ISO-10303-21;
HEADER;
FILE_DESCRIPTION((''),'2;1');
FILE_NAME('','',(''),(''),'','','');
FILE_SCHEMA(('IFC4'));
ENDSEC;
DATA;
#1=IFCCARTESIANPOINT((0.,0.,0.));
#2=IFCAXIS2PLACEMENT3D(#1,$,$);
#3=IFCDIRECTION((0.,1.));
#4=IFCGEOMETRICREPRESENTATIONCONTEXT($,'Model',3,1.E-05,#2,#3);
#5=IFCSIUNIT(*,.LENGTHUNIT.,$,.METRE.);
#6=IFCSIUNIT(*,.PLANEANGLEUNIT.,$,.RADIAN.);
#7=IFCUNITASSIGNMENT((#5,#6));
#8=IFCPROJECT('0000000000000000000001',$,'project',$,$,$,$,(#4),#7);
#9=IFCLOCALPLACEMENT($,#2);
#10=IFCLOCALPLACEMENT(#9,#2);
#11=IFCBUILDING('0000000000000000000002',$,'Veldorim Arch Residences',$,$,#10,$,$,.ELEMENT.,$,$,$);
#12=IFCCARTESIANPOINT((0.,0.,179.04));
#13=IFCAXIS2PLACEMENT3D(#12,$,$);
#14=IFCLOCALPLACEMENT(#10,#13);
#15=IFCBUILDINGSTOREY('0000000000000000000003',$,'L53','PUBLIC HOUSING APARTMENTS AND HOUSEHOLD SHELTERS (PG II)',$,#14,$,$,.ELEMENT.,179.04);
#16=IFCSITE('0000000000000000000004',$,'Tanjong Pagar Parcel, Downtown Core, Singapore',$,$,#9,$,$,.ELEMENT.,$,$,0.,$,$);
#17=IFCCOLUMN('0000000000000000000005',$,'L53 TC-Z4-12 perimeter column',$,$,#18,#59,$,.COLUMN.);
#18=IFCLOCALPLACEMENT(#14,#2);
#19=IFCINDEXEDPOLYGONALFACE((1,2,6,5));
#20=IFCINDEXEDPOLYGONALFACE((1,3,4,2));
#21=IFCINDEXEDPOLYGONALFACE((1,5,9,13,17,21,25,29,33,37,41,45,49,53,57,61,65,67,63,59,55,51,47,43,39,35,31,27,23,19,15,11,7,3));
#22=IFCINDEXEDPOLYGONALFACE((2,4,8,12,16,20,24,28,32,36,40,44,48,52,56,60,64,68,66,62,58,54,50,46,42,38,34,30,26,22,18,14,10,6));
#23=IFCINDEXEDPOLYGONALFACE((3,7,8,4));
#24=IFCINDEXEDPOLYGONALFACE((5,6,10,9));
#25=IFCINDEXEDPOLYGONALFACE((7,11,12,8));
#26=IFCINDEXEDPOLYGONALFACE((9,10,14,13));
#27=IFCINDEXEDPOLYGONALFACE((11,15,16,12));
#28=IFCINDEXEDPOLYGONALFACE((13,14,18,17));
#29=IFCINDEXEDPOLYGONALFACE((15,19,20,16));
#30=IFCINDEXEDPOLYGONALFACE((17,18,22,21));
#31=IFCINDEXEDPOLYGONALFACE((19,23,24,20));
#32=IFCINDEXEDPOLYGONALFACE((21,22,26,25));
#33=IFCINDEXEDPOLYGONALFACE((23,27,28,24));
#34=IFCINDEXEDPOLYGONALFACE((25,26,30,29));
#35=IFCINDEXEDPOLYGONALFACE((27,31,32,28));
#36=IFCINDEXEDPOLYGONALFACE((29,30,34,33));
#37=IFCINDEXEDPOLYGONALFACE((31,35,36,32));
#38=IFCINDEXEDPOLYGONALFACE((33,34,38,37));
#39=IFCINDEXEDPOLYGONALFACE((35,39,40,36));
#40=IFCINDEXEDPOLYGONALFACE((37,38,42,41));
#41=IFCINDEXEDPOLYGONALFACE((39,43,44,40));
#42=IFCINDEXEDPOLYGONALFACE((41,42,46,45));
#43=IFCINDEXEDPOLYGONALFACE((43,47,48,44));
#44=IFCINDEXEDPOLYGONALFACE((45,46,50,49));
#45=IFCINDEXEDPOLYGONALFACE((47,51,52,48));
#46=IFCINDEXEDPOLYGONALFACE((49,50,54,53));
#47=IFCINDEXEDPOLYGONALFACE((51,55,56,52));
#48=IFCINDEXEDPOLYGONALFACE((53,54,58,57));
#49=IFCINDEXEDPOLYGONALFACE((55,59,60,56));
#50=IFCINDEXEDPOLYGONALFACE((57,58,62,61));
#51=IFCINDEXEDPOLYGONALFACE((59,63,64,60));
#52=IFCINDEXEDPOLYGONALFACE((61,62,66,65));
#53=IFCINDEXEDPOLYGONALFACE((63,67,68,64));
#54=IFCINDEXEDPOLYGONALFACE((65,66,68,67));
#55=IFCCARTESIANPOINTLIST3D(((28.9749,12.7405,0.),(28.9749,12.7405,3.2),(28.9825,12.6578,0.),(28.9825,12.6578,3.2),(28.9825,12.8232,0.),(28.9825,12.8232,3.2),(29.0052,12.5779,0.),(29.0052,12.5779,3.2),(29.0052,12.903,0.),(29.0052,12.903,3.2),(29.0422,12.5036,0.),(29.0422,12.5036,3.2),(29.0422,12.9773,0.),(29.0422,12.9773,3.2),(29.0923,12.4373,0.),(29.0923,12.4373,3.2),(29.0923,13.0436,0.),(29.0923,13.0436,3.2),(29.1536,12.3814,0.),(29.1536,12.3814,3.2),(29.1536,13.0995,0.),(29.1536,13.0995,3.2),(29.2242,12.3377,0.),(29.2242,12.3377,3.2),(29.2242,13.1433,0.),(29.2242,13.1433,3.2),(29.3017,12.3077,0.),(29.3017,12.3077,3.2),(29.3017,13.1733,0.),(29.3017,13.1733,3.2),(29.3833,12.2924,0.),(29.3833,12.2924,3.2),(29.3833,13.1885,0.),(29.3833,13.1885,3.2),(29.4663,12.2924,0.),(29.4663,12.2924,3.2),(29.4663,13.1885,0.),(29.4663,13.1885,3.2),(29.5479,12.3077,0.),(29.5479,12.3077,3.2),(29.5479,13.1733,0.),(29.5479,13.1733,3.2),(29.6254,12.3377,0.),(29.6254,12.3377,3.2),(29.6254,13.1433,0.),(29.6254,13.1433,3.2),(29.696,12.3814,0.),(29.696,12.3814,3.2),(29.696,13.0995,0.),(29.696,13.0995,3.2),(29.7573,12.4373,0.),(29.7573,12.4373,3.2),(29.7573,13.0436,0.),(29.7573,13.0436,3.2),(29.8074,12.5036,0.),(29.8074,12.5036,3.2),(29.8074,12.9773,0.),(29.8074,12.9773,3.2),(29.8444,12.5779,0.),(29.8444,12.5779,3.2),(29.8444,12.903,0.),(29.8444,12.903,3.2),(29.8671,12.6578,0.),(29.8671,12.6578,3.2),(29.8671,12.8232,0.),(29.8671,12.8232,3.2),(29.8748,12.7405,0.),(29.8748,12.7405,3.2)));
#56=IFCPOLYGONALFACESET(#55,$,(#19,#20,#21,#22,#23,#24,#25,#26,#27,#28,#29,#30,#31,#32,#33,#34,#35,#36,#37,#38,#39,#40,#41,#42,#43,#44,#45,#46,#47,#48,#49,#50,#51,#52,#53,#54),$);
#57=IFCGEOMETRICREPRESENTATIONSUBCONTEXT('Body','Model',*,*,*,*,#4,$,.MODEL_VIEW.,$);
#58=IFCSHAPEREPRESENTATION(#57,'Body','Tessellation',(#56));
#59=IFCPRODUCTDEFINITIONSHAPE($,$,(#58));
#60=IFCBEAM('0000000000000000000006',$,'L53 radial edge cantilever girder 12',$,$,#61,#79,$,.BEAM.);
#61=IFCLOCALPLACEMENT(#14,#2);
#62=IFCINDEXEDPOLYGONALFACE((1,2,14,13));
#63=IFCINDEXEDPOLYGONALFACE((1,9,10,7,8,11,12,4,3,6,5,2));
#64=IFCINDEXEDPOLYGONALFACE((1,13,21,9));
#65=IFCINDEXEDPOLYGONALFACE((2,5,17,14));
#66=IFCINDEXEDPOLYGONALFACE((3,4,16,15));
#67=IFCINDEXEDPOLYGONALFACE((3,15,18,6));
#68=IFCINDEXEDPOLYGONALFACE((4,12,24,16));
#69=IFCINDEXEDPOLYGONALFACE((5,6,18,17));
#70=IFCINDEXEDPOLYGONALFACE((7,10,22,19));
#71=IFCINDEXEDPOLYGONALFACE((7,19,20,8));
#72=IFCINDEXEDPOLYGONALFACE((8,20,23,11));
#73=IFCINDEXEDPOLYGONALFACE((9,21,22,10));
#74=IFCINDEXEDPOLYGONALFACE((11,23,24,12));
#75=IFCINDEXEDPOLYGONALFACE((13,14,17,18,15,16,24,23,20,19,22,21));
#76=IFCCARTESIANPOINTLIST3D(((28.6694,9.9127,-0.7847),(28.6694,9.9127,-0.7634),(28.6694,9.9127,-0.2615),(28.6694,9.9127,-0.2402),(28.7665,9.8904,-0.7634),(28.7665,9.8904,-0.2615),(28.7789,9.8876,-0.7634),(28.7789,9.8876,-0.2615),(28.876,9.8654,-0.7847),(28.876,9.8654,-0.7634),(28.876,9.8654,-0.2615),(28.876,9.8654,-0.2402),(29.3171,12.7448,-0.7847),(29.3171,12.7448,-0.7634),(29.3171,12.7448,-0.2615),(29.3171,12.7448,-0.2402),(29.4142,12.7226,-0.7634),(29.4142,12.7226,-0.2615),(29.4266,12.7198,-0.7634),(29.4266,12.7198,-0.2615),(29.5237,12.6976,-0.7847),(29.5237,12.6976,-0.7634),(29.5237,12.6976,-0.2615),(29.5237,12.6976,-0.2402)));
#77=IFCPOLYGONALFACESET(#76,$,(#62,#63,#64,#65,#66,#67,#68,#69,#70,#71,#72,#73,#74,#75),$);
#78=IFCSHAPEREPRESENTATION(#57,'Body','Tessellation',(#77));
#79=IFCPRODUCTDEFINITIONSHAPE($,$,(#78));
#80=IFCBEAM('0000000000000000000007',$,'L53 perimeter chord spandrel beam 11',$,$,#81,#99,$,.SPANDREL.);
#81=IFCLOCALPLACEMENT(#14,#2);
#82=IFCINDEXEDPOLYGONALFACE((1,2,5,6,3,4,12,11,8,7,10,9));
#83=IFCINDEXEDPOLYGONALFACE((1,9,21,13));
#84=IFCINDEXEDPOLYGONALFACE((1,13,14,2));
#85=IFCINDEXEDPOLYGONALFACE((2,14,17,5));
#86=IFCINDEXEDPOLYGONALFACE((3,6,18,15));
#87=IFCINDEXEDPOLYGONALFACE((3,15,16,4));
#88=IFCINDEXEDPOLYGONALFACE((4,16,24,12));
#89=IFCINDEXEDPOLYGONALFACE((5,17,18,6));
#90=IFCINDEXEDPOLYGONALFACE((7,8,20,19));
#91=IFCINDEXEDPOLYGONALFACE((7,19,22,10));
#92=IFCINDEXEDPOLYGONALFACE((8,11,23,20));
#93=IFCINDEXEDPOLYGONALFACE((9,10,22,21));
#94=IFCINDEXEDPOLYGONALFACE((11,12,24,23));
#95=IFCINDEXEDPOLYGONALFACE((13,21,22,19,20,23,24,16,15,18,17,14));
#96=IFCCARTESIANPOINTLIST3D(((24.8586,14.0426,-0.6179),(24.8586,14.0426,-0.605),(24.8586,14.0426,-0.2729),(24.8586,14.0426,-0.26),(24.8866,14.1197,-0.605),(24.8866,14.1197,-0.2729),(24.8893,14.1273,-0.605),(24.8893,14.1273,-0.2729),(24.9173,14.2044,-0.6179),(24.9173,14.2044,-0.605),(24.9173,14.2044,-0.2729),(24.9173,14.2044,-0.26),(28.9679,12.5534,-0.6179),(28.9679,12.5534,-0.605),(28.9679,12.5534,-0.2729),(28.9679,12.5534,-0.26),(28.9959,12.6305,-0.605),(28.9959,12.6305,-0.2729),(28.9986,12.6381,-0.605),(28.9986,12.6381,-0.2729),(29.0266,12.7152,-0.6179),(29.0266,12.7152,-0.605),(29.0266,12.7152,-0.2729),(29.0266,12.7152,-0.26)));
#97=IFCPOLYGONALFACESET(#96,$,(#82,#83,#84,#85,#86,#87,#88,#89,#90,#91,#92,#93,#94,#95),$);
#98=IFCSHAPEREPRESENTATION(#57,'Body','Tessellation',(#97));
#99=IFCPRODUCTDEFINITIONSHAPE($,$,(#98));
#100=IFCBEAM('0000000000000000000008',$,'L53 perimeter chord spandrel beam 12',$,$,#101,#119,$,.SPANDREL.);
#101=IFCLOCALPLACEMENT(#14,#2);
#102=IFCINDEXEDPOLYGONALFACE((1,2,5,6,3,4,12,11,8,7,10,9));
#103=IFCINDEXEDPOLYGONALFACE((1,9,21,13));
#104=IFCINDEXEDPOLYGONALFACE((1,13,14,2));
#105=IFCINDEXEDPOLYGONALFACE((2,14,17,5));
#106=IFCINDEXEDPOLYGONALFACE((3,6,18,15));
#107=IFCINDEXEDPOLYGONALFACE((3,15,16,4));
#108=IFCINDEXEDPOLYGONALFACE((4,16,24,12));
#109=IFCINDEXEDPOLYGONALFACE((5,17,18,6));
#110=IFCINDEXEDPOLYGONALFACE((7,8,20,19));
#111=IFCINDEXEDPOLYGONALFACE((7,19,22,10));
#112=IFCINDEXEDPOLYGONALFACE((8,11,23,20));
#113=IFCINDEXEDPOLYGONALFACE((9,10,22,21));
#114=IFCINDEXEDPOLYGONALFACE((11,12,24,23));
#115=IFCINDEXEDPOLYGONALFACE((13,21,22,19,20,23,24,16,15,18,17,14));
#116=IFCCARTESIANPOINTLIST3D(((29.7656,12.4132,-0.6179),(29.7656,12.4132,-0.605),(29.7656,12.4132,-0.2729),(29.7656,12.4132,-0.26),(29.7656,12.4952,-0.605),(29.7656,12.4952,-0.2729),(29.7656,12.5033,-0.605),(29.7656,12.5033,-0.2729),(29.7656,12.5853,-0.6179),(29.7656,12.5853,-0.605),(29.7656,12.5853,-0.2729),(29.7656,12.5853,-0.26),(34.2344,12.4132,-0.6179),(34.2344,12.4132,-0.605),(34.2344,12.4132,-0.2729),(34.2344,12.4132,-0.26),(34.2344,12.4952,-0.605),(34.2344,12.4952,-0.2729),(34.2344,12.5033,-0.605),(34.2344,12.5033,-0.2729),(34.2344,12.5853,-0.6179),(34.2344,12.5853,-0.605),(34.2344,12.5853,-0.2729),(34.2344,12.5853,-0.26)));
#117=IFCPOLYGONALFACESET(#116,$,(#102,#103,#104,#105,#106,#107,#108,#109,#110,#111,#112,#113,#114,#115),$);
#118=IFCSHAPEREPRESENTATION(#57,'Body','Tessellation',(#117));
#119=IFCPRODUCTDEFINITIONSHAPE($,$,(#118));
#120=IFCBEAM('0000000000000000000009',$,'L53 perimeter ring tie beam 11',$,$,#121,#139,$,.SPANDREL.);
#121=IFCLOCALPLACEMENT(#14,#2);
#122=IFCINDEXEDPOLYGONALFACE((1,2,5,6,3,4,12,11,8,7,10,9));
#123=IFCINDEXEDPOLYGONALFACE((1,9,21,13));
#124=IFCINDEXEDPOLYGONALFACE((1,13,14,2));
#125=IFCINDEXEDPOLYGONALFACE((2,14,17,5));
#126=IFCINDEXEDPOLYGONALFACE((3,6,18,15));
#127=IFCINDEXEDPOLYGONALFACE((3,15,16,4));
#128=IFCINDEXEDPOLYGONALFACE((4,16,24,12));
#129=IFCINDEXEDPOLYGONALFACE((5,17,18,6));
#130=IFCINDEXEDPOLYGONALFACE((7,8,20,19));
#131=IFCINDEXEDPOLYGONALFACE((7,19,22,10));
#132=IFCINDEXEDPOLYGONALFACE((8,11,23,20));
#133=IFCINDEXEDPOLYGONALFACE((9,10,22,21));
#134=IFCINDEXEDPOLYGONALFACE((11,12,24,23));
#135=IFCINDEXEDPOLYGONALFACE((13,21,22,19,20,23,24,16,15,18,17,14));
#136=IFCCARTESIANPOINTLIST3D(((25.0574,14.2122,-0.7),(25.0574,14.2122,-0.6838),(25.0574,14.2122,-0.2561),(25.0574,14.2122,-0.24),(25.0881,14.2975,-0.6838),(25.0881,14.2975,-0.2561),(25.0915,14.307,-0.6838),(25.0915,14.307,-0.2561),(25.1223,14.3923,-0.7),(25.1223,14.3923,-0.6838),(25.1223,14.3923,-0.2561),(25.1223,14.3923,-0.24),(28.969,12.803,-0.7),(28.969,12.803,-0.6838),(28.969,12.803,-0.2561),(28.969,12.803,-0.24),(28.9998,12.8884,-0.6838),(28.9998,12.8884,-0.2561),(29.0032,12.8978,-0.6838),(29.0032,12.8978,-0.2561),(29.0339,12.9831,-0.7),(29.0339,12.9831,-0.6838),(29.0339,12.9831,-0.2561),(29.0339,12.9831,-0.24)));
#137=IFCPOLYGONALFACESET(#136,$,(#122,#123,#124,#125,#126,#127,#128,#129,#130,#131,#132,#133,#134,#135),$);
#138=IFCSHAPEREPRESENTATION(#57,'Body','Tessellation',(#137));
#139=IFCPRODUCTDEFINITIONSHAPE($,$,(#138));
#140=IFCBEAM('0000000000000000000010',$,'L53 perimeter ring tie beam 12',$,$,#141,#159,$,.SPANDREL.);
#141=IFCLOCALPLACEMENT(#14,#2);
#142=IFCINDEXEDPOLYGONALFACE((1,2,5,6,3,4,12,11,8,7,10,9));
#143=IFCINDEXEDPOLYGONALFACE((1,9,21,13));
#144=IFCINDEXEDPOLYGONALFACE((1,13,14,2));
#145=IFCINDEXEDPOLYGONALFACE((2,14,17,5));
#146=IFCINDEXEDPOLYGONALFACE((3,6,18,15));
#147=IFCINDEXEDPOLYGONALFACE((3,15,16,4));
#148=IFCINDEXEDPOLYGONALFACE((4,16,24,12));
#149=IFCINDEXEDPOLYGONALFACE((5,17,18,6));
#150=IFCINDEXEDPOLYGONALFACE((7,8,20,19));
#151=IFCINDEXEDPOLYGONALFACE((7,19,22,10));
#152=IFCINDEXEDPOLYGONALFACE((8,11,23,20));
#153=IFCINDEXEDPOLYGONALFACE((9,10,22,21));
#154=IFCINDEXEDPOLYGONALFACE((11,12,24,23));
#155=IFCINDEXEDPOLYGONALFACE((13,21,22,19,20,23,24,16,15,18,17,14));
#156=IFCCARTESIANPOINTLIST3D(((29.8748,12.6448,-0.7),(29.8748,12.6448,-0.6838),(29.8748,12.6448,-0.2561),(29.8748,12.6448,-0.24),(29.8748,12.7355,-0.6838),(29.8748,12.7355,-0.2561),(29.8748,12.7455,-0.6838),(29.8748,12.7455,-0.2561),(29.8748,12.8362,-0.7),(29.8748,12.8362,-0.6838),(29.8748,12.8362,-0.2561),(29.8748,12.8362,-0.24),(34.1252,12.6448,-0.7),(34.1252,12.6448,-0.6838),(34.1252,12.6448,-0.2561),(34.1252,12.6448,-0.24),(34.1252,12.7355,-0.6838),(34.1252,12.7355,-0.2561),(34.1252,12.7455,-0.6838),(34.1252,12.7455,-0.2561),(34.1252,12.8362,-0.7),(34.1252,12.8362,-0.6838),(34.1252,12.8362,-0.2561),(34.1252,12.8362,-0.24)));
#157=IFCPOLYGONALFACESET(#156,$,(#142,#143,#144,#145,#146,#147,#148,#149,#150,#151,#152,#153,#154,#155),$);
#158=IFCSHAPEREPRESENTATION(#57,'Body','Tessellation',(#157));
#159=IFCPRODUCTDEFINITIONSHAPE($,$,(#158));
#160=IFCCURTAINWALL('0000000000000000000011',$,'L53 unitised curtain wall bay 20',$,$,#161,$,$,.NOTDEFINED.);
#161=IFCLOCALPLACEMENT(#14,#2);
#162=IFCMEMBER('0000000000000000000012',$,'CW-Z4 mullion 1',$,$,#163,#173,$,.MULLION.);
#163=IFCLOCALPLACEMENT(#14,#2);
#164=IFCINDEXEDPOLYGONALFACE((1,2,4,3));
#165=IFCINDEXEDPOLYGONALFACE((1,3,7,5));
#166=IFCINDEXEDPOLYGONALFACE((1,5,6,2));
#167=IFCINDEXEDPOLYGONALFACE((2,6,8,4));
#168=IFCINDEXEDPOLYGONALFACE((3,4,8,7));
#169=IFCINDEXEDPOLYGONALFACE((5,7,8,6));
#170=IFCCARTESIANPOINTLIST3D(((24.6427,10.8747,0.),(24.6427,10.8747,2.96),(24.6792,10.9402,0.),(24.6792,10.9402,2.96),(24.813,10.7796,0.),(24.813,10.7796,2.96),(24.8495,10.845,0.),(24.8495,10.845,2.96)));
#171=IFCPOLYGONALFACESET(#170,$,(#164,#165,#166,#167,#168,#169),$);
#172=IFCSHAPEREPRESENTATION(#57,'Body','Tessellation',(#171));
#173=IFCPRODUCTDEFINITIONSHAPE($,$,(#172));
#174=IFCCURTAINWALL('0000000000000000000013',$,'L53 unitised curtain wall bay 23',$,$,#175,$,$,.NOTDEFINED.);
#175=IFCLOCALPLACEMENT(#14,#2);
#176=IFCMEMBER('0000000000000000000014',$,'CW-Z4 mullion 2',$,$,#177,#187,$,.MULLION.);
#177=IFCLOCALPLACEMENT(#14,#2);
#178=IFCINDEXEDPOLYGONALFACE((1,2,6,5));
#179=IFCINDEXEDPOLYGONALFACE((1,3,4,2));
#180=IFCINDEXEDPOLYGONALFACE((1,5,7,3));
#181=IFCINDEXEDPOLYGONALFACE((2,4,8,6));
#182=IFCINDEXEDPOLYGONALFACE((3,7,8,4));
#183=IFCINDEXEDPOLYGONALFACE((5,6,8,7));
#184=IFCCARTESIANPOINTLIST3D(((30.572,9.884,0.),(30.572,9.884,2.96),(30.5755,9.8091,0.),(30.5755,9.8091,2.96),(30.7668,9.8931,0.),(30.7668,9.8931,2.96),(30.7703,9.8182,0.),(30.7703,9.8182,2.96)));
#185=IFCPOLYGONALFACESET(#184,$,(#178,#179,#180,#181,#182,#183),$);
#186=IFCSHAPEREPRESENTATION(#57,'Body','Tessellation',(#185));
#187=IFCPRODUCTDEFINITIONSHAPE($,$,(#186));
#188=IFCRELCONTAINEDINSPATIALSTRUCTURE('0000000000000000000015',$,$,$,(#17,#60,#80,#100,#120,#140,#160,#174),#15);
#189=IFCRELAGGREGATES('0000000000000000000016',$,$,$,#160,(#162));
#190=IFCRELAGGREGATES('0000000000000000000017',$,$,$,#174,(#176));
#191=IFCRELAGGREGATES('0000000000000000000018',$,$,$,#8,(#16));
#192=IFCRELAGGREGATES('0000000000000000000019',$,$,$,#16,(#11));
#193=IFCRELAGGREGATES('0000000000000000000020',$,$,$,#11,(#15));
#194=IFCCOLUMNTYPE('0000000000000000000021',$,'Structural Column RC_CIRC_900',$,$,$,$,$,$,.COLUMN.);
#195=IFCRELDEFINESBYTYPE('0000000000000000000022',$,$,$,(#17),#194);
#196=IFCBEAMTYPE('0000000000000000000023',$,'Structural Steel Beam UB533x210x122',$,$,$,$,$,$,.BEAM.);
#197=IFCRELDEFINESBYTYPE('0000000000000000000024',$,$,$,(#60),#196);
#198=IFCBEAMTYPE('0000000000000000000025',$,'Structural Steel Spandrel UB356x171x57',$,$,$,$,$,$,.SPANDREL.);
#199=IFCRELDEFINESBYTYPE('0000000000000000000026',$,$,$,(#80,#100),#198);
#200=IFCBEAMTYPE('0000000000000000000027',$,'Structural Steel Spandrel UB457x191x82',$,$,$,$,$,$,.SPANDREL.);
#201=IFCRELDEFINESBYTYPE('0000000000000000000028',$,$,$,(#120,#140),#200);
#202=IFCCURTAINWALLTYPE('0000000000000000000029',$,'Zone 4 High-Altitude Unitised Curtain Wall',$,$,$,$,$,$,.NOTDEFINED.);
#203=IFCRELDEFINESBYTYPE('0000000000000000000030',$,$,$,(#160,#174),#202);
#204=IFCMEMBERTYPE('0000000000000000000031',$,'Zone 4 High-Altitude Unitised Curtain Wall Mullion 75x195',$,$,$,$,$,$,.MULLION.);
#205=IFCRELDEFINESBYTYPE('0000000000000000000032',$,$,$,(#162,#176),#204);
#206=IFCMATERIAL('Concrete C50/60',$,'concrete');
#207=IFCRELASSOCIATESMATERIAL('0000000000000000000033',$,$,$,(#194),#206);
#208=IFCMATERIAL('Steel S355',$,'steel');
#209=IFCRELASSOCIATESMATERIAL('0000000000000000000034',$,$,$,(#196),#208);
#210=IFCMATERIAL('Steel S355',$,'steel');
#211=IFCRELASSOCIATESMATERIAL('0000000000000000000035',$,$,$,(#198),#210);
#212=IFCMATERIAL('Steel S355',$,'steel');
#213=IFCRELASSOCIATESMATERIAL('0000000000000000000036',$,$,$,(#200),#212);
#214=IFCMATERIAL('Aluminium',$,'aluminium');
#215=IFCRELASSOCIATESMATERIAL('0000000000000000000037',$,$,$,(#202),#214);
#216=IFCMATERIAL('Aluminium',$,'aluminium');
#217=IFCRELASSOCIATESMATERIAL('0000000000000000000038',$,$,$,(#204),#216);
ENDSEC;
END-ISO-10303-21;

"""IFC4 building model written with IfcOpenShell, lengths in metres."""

from ifc_helpers import new_model, si_unit, direction, frame, origin, origin_2d, place, context, subcontext, project, spatial, rectangle, circle, i_section, extrude, material, material_profile, profile_set, type_object, element, aggregate, save


model = new_model("IFC4")

# Units and contexts
model_context = context("Model", 3, precision=1e-05, world=origin(), true_north=direction((0.0, 1.0)))
body_context = subcontext(model_context, "Body", "Model", "MODEL_VIEW")
ifc_project = project(units=[si_unit("LENGTHUNIT", "METRE"), si_unit("PLANEANGLEUNIT", "RADIAN")], contexts=[model_context])

# Site, building, storey
site_placement = place(None, origin())
site = spatial("IfcSite", under=ifc_project, at=site_placement, Name="Tanjong Pagar Parcel, Downtown Core, Singapore", CompositionType="ELEMENT", RefElevation=0.0)
building_placement = place(site_placement, origin())
building = spatial("IfcBuilding", under=site, at=building_placement, Name="Veldorim Arch Residences", CompositionType="ELEMENT")
storey_placement = place(building_placement, frame((0.0, 0.0, 179.04)))
storey = spatial("IfcBuildingStorey", under=building, at=storey_placement, Name="L53", Description="PUBLIC HOUSING APARTMENTS AND HOUSEHOLD SHELTERS (PG II)", CompositionType="ELEMENT", Elevation=179.04)

# Column
ifc_material_1 = material(Name="Concrete C50/60", Category="concrete")
ifc_material_profile_1 = material_profile(ifc_material_1, circle(Radius=0.45, at=origin_2d()), Name="RC_CIRC_900")
ifc_profile_set_1 = profile_set([ifc_material_profile_1], Name="Concrete C50/60")
column_type = type_object("IfcColumnType", Name="Structural Column RC_CIRC_900", PredefinedType="COLUMN", material=ifc_profile_set_1)
column_placement = place(storey_placement, frame((29.4248, 12.7405, 0.0), z_axis=(0.0, 0.0, 1.0), x_axis=(1.0, 0.0, 0.0)))
element("IfcColumn", 1, at=column_placement, inside=storey, type_object=column_type, Name="L53 TC-Z4-12 perimeter column", PredefinedType="COLUMN", context=body_context, shape_type="SweptSolid", body=[
    extrude(circle(Radius=0.45, at=origin_2d()), origin(), (0.0, 0.0, 1.0), 3.2),
])

# Beams
ifc_material_2 = material(Name="Steel S355", Category="steel")
ifc_material_profile_2 = material_profile(ifc_material_2, i_section(OverallWidth=0.2119, OverallDepth=0.5444, WebThickness=0.0127, FlangeThickness=0.0212, at=origin_2d()), Name="UB533x210x122")
ifc_profile_set_2 = profile_set([ifc_material_profile_2], Name="Steel S355")
beam_type_1 = type_object("IfcBeamType", Name="Structural Steel Beam UB533x210x122", PredefinedType="BEAM", material=ifc_profile_set_2)
beam_1_placement = place(storey_placement, frame((29.4204, 12.7212, -0.5125), z_axis=(-0.222932, -0.974834, 0.0), x_axis=(0.974834, -0.222932, 0.0)))
element("IfcBeam", 2, at=beam_1_placement, inside=storey, type_object=beam_type_1, Name="L53 radial edge cantilever girder 12", PredefinedType="BEAM", context=body_context, shape_type="SweptSolid", body=[
    extrude(i_section(OverallWidth=0.2119, OverallDepth=0.5444, WebThickness=0.0127, FlangeThickness=0.0212, at=origin_2d()), origin(), (0.0, 0.0, 1.0), 2.9053),
])
ifc_material_3 = material(Name="Steel S355", Category="steel")
ifc_material_profile_3 = material_profile(ifc_material_3, i_section(OverallWidth=0.1721, OverallDepth=0.3579, WebThickness=0.0081, FlangeThickness=0.0129, at=origin_2d()), Name="UB356x171x57")
ifc_profile_set_3 = profile_set([ifc_material_profile_3], Name="Steel S355")
beam_type_2 = type_object("IfcBeamType", Name="Structural Steel Spandrel UB356x171x57", PredefinedType="SPANDREL", material=ifc_profile_set_3)
beam_2_placement = place(storey_placement, frame((24.8879, 14.1235, -0.439), z_axis=(0.940165, -0.34072, 0.0), x_axis=(0.34072, 0.940165, 0.0)))
element("IfcBeam", 3, at=beam_2_placement, inside=storey, type_object=beam_type_2, Name="L53 perimeter chord spandrel beam 11", PredefinedType="SPANDREL", context=body_context, shape_type="SweptSolid", body=[
    extrude(i_section(OverallWidth=0.1721, OverallDepth=0.3579, WebThickness=0.0081, FlangeThickness=0.0129, at=origin_2d()), origin(), (0.0, 0.0, 1.0), 4.3708),
])
beam_3_placement = place(storey_placement, frame((29.7656, 12.4993, -0.439), z_axis=(1.0, 0.0, 0.0), x_axis=(0.0, 1.0, 0.0)))
element("IfcBeam", 4, at=beam_3_placement, inside=storey, type_object=beam_type_2, Name="L53 perimeter chord spandrel beam 12", PredefinedType="SPANDREL", context=body_context, shape_type="SweptSolid", body=[
    extrude(i_section(OverallWidth=0.1721, OverallDepth=0.3579, WebThickness=0.0081, FlangeThickness=0.0129, at=origin_2d()), origin(), (0.0, 0.0, 1.0), 4.4688),
])
ifc_material_4 = material(Name="Steel S355", Category="steel")
ifc_material_profile_4 = material_profile(ifc_material_4, i_section(OverallWidth=0.1914, OverallDepth=0.46, WebThickness=0.01, FlangeThickness=0.0161, at=origin_2d()), Name="UB457x191x82")
ifc_profile_set_4 = profile_set([ifc_material_profile_4], Name="Steel S355")
beam_type_3 = type_object("IfcBeamType", Name="Structural Steel Spandrel UB457x191x82", PredefinedType="SPANDREL", material=ifc_profile_set_4)
beam_4_placement = place(storey_placement, frame((25.0898, 14.3022, -0.47), z_axis=(0.940811, -0.338932, 0.0), x_axis=(0.338932, 0.940811, 0.0)))
element("IfcBeam", 5, at=beam_4_placement, inside=storey, type_object=beam_type_3, Name="L53 perimeter ring tie beam 11", PredefinedType="SPANDREL", context=body_context, shape_type="SweptSolid", body=[
    extrude(i_section(OverallWidth=0.1914, OverallDepth=0.46, WebThickness=0.01, FlangeThickness=0.0161, at=origin_2d()), origin(), (0.0, 0.0, 1.0), 4.1577),
])
beam_5_placement = place(storey_placement, frame((29.8748, 12.7405, -0.47), z_axis=(1.0, 0.0, 0.0), x_axis=(0.0, 1.0, 0.0)))
element("IfcBeam", 6, at=beam_5_placement, inside=storey, type_object=beam_type_3, Name="L53 perimeter ring tie beam 12", PredefinedType="SPANDREL", context=body_context, shape_type="SweptSolid", body=[
    extrude(i_section(OverallWidth=0.1914, OverallDepth=0.46, WebThickness=0.01, FlangeThickness=0.0161, at=origin_2d()), origin(), (0.0, 0.0, 1.0), 4.2505),
])

# Curtain wall, member
ifc_material_5 = material(Name="Aluminium", Category="aluminium")
curtain_wall_type = type_object("IfcCurtainWallType", Name="Zone 4 High-Altitude Unitised Curtain Wall", PredefinedType="NOTDEFINED", material=ifc_material_5)
curtain_wall_1_placement = place(storey_placement, origin())
curtain_wall_1 = element("IfcCurtainWall", 7, at=curtain_wall_1_placement, inside=storey, type_object=curtain_wall_type, Name="L53 unitised curtain wall bay 20", PredefinedType="NOTDEFINED")
ifc_material_6 = material(Name="Aluminium", Category="aluminium")
ifc_material_profile_5 = material_profile(ifc_material_6, rectangle(XDim=0.075, YDim=0.1951, at=origin_2d()), Name="ALU_MUL_75x195")
ifc_profile_set_5 = profile_set([ifc_material_profile_5], Name="Aluminium")
member_type_1 = type_object("IfcMemberType", Name="Zone 4 High-Altitude Unitised Curtain Wall Mullion 75x195", PredefinedType="MULLION", material=ifc_profile_set_5)
member_1_placement = place(storey_placement, frame((24.7461, 10.8599, 0.0), z_axis=(0.0, 0.0, 1.0), x_axis=(-0.487736, -0.872991, 0.0)))
member_1 = element("IfcMember", 8, at=member_1_placement, type_object=member_type_1, Name="CW-Z4 mullion 1", PredefinedType="MULLION", context=body_context, shape_type="SweptSolid", body=[
    extrude(rectangle(XDim=0.075, YDim=0.1951, at=origin_2d()), origin(), (0.0, 0.0, 1.0), 2.96),
])
aggregate(curtain_wall_1, [member_1])

# Curtain wall, member
curtain_wall_2_placement = place(storey_placement, origin())
curtain_wall_2 = element("IfcCurtainWall", 9, at=curtain_wall_2_placement, inside=storey, type_object=curtain_wall_type, Name="L53 unitised curtain wall bay 23", PredefinedType="NOTDEFINED")
member_2_placement = place(storey_placement, frame((30.6711, 9.8511, 0.0), z_axis=(0.0, 0.0, 1.0), x_axis=(0.046678, -0.99891, 0.0)))
member_2 = element("IfcMember", 10, at=member_2_placement, type_object=member_type_1, Name="CW-Z4 mullion 2", PredefinedType="MULLION", context=body_context, shape_type="SweptSolid", body=[
    extrude(rectangle(XDim=0.075, YDim=0.1951, at=origin_2d()), origin(), (0.0, 0.0, 1.0), 2.96),
])
aggregate(curtain_wall_2, [member_2])

save(model, "model.ifc")
